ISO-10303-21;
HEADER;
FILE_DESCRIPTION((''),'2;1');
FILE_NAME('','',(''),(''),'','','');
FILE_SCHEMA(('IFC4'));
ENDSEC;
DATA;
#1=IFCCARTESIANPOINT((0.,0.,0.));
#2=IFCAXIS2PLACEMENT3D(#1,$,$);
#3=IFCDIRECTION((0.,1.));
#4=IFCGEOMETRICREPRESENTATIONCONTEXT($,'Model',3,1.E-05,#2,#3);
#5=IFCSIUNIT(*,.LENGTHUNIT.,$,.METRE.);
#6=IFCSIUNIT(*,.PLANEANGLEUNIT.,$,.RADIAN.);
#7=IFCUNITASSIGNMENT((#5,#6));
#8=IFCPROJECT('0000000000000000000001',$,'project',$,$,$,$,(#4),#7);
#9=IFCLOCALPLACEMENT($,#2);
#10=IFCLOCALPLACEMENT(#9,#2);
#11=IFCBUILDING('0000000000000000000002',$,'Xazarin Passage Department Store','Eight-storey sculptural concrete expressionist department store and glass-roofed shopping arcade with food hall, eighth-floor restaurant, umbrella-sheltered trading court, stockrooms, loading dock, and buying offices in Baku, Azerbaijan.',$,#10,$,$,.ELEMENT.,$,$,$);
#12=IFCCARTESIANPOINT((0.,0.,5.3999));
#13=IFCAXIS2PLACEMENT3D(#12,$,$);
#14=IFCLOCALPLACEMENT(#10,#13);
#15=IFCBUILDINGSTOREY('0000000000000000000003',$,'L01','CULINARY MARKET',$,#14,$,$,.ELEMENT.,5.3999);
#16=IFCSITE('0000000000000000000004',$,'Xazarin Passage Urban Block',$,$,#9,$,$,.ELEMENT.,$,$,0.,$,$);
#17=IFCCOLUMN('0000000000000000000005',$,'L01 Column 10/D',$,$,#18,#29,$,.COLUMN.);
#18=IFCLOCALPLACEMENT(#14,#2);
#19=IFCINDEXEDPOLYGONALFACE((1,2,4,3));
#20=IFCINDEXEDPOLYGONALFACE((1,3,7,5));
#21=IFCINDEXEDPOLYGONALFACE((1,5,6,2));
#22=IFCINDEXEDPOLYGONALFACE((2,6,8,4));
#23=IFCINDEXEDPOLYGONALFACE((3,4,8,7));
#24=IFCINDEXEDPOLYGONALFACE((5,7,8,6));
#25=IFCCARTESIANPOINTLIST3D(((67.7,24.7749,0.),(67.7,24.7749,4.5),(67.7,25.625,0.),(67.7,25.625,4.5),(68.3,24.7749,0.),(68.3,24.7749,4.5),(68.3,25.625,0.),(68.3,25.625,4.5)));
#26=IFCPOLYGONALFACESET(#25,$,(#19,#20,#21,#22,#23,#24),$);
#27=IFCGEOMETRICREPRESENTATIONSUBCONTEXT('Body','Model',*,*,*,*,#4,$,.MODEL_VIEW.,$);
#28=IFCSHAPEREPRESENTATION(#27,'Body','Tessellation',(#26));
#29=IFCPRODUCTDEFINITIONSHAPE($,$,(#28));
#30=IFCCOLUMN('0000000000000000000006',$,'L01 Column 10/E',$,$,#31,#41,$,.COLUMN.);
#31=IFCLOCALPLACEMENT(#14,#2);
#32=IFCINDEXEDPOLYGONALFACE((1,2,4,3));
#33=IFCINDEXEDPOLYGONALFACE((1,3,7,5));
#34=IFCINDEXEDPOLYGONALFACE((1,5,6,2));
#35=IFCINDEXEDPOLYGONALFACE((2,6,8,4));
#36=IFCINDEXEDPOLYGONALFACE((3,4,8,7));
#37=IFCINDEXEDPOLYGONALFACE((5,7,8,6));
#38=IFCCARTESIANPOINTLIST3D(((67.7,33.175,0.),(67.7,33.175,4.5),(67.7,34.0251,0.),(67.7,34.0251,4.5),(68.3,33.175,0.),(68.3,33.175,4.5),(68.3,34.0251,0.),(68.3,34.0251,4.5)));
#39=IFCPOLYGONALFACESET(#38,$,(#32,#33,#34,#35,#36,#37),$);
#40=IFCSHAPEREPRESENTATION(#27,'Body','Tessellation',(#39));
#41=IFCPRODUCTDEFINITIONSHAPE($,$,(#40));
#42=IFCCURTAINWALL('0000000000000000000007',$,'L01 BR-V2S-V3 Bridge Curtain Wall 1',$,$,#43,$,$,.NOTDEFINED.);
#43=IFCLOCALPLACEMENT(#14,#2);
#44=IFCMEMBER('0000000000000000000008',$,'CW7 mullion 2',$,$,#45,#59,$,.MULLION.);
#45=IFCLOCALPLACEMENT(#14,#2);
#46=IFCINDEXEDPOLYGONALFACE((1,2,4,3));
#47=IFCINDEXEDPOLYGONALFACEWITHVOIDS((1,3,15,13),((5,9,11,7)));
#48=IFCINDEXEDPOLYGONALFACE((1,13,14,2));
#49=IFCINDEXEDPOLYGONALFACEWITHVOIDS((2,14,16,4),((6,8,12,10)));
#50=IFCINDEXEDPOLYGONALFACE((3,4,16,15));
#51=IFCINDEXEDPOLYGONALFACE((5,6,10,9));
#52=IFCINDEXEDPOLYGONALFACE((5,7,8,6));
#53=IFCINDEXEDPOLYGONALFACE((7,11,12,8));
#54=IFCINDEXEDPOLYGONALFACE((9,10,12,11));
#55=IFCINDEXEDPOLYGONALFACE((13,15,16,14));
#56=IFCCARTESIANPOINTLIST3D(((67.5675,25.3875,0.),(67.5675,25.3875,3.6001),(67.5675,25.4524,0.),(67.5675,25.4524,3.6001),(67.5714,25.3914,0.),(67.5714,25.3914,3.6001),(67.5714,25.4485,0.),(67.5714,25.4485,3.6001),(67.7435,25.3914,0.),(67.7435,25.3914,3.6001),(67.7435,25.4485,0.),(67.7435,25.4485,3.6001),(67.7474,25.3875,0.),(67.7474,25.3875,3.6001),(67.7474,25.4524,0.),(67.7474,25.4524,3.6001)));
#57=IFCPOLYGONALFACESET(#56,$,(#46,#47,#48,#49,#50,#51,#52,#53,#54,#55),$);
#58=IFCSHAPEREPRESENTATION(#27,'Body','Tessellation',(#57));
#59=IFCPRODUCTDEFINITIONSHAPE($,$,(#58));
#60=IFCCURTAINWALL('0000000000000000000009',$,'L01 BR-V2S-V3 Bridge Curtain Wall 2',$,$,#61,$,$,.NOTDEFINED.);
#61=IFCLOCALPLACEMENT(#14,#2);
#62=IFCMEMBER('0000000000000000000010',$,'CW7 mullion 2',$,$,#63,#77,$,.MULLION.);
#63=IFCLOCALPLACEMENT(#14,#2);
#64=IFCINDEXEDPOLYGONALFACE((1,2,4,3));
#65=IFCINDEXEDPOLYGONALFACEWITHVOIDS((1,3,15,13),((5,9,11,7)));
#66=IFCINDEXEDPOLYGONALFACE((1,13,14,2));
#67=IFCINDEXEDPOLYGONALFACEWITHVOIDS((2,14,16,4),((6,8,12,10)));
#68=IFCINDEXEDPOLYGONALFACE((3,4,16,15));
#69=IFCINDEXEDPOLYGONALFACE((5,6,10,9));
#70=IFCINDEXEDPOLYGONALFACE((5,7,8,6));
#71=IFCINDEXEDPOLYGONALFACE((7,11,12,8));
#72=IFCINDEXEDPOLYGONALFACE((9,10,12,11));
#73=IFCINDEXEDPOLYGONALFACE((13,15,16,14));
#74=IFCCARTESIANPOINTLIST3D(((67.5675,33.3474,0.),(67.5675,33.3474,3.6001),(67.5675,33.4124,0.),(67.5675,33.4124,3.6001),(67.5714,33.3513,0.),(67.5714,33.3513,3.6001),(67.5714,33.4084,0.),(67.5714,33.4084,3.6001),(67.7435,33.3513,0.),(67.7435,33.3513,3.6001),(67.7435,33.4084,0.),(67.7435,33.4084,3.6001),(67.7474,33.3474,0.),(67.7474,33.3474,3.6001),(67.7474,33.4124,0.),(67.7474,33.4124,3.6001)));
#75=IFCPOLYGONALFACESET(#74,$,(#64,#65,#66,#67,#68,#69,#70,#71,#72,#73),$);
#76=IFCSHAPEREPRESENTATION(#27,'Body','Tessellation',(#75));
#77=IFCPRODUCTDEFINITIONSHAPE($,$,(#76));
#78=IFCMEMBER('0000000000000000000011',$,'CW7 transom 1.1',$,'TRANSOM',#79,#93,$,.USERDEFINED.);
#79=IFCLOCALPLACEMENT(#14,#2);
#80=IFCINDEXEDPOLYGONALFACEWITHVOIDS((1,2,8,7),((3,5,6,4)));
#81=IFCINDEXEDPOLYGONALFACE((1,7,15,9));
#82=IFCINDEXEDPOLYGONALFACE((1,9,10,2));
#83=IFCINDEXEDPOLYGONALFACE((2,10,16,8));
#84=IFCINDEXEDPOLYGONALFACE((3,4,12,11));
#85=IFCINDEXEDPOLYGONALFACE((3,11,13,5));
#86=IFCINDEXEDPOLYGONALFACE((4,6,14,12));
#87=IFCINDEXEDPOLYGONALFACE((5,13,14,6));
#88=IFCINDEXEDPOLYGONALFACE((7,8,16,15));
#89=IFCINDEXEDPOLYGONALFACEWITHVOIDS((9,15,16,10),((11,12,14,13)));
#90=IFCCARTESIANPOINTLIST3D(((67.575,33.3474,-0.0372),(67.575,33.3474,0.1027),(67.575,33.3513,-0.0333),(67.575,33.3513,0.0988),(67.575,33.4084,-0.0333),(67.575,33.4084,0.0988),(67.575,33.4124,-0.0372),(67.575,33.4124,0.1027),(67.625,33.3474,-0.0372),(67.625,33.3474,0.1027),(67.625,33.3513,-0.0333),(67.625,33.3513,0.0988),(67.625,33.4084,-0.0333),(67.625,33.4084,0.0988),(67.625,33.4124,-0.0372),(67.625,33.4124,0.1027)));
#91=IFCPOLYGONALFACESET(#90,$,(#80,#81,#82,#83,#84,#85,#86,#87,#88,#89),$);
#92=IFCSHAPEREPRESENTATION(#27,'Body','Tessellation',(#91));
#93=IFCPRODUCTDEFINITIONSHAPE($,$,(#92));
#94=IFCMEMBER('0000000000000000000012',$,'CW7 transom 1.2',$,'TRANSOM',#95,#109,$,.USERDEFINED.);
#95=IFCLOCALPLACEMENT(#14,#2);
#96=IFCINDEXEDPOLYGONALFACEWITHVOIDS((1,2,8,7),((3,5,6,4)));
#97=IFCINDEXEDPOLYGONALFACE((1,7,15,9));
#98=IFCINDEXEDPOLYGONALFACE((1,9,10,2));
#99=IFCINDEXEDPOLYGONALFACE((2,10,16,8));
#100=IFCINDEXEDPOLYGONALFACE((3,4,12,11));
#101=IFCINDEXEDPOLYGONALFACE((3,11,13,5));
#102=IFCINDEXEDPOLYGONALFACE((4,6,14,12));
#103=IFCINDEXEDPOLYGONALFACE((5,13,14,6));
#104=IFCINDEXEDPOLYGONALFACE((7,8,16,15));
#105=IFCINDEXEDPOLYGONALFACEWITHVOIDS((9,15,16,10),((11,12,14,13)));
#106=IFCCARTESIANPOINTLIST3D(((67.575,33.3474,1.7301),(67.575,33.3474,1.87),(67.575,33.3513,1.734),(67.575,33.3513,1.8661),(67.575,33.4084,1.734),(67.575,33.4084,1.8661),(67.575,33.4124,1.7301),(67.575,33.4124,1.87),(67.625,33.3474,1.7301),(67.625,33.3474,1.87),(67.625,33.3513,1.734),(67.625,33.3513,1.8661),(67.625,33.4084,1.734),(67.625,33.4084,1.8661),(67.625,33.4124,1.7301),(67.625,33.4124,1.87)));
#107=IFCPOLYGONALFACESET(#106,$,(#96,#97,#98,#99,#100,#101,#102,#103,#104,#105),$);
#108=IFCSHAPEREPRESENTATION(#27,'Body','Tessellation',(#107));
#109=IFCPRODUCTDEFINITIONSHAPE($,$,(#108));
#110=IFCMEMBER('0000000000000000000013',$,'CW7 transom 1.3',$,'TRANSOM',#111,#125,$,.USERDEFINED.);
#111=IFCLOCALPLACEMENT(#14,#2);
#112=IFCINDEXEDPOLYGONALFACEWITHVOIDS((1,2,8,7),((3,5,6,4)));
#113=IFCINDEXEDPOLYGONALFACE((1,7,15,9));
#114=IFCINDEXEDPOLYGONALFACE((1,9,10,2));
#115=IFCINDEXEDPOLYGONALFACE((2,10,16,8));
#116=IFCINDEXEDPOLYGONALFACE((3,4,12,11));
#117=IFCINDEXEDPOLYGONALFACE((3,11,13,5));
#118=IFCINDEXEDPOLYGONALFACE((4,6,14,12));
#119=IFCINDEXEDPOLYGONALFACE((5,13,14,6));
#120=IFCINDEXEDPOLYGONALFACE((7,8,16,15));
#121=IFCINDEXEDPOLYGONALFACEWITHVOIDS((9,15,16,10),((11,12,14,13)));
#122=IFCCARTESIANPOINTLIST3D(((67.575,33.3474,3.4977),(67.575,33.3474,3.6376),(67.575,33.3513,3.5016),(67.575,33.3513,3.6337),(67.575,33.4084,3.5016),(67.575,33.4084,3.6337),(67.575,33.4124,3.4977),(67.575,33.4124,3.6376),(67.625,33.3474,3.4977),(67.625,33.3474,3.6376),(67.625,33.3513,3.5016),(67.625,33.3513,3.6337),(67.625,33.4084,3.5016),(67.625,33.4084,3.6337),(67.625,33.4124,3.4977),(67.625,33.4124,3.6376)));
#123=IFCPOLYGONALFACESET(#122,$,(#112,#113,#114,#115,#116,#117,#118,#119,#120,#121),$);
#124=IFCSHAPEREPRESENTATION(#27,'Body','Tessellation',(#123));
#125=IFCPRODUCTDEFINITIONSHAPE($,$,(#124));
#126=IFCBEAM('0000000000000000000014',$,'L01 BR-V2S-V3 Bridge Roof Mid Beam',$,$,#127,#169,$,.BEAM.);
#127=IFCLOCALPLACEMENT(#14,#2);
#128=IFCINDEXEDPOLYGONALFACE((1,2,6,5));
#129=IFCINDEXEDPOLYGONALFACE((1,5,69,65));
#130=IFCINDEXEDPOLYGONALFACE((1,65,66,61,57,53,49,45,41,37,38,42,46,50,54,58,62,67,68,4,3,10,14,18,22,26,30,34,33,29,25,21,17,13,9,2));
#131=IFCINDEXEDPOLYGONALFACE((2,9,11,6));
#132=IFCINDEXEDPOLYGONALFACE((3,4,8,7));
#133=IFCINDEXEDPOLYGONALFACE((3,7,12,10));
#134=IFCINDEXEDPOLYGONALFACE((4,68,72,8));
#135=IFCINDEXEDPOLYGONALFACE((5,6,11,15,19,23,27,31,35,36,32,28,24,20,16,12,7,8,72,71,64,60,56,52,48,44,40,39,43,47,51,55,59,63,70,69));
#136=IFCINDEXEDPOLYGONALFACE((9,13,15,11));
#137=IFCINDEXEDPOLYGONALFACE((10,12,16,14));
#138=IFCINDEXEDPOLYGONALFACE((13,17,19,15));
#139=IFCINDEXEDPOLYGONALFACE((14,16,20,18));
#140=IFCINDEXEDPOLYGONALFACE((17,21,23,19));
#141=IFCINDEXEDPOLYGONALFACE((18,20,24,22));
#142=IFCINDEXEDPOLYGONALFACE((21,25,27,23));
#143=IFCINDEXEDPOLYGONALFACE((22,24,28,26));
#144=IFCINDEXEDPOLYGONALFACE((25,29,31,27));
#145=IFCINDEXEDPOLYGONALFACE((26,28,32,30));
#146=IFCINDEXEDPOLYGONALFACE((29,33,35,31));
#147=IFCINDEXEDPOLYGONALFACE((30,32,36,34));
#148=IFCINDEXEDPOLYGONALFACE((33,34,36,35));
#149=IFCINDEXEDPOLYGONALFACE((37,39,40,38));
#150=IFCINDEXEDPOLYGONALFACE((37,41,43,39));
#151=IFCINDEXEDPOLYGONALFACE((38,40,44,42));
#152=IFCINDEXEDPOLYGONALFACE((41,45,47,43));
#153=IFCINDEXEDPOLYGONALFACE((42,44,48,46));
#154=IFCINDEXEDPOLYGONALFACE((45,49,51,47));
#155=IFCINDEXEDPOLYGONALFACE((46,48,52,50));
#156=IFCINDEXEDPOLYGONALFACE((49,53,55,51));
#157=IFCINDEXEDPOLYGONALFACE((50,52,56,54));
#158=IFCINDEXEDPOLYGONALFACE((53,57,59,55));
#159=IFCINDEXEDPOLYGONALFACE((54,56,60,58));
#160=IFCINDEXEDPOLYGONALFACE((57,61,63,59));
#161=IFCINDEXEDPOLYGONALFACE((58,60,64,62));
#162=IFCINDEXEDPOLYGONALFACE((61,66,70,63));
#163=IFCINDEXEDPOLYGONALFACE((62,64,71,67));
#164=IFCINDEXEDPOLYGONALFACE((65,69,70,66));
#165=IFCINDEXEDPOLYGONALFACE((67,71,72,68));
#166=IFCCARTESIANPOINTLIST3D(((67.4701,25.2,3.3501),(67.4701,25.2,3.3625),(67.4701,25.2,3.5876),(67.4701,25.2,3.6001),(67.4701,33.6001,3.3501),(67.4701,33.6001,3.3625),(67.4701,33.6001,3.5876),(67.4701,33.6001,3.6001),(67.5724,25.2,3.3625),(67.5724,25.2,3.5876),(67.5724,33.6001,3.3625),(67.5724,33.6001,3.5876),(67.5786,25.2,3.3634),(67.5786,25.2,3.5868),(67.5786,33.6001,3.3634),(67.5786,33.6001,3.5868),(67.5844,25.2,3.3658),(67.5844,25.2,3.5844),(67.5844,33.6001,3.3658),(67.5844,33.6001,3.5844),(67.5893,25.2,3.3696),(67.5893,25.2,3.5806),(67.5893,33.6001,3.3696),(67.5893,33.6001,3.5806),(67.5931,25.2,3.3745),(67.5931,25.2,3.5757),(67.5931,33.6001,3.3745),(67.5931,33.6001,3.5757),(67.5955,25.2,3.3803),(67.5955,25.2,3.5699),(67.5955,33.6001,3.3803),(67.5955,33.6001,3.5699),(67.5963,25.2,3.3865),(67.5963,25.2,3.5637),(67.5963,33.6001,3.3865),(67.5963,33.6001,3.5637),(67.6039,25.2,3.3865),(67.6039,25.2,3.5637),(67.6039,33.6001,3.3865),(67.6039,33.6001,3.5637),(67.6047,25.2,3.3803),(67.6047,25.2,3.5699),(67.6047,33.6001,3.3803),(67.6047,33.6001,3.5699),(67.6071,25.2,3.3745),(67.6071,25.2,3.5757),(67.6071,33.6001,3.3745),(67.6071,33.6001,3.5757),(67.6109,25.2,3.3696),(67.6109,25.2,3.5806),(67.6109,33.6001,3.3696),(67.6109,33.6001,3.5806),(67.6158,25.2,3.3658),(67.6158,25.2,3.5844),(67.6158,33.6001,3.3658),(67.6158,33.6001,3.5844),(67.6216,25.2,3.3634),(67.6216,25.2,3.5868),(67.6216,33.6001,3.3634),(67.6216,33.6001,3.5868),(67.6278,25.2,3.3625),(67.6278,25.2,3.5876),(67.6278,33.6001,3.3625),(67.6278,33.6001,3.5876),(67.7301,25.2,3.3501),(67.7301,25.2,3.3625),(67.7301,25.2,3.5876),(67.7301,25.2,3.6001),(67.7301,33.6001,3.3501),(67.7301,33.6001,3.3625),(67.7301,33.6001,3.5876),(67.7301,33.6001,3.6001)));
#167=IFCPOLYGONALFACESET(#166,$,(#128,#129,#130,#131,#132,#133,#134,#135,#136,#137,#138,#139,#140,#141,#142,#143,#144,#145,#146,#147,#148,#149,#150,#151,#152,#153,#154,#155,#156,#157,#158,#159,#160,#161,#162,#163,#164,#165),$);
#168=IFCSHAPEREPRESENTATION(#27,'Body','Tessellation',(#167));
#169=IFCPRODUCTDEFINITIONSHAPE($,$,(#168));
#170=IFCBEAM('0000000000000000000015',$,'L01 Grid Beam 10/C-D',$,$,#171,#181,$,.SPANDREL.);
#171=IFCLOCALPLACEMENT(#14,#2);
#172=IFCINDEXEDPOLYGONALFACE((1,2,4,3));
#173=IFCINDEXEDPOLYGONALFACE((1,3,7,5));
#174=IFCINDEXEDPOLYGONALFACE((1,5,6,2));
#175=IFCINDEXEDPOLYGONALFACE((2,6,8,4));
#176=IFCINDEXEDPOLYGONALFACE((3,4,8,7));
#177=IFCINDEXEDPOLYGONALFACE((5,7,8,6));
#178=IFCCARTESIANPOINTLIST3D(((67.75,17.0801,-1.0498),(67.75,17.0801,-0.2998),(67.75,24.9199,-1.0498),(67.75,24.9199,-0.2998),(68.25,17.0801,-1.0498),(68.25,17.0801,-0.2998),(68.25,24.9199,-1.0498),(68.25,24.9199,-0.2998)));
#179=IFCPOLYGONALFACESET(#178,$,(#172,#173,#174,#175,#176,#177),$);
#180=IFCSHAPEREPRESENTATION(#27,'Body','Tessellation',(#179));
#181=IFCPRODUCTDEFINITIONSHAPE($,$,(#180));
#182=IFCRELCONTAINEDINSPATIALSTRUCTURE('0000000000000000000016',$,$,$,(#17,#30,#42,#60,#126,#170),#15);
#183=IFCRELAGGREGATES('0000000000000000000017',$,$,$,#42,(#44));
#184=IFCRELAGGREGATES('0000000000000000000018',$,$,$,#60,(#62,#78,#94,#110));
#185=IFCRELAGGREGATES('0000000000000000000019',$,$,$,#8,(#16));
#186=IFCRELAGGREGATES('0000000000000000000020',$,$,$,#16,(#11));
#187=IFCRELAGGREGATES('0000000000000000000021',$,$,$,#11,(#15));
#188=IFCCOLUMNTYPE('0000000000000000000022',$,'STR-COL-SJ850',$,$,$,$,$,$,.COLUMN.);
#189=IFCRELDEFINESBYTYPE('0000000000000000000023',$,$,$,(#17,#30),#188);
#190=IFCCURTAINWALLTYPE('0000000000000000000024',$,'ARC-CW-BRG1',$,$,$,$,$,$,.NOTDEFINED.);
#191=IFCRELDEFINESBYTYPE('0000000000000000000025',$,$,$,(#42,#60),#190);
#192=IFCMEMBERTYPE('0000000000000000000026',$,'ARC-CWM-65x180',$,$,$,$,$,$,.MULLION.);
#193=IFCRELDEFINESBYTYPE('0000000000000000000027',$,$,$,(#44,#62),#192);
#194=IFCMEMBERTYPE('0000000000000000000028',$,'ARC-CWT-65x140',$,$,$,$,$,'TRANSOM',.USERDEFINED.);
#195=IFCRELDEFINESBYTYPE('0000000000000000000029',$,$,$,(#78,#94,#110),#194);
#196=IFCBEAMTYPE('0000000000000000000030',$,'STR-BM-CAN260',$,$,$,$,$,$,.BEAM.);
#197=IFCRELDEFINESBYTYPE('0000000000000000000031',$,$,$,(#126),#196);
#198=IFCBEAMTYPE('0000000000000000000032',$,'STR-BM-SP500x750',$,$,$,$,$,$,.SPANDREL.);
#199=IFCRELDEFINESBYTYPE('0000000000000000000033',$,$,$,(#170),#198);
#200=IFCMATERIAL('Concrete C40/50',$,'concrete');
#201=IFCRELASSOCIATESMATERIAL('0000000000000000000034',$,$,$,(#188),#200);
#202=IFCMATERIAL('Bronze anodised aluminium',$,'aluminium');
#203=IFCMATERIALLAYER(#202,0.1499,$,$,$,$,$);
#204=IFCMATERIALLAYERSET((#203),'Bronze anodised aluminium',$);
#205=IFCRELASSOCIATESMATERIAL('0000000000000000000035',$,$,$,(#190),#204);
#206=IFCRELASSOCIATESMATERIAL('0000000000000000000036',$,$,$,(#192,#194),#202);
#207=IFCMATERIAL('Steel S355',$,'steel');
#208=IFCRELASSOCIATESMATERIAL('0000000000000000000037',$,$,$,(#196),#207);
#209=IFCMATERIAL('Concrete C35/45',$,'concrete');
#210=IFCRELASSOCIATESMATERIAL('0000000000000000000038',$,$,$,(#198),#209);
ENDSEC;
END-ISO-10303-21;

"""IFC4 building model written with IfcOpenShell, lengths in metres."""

from ifc_helpers import new_model, si_unit, direction, frame, origin, origin_2d, place, context, subcontext, project, spatial, rectangle, hollow_rectangle, i_section, extrude, material, layer, layer_set, material_profile, profile_set, type_object, element, aggregate, save


model = new_model("IFC4")

# Units and contexts
model_context = context("Model", 3, precision=1e-05, world=origin(), true_north=direction((0.0, 1.0)))
body_context = subcontext(model_context, "Body", "Model", "MODEL_VIEW")
ifc_project = project(units=[si_unit("LENGTHUNIT", "METRE"), si_unit("PLANEANGLEUNIT", "RADIAN")], contexts=[model_context])

# Site, building, storey
site_placement = place(None, origin())
site = spatial("IfcSite", under=ifc_project, at=site_placement, Name="Xazarin Passage Urban Block", CompositionType="ELEMENT", RefElevation=0.0)
building_placement = place(site_placement, origin())
building = spatial("IfcBuilding", under=site, at=building_placement, Name="Xazarin Passage Department Store", Description="Eight-storey sculptural concrete expressionist department store and glass-roofed shopping arcade with food hall, eighth-floor restaurant, umbrella-sheltered trading court, stockrooms, loading dock, and buying offices in Baku, Azerbaijan.", CompositionType="ELEMENT")
storey_placement = place(building_placement, frame((0.0, 0.0, 5.3999)))
storey = spatial("IfcBuildingStorey", under=building, at=storey_placement, Name="L01", Description="CULINARY MARKET", CompositionType="ELEMENT", Elevation=5.3999)

# Columns
ifc_material_1 = material(Name="Concrete C40/50", Category="concrete")
ifc_material_profile_1 = material_profile(ifc_material_1, rectangle(XDim=0.6001, YDim=0.8501, at=origin_2d()), Name="RC 600x850")
ifc_profile_set_1 = profile_set([ifc_material_profile_1], Name="Concrete C40/50")
column_type = type_object("IfcColumnType", Name="STR-COL-SJ850", PredefinedType="COLUMN", material=ifc_profile_set_1)
for number, where, z_axis, x_axis, name in (
    (1, (68.0, 25.2, 0.0), (0.0, 0.0, 1.0), (1.0, 0.0, 0.0), "L01 Column 10/D"),
    (2, (68.0, 33.6001, 0.0), (0.0, 0.0, 1.0), (1.0, 0.0, 0.0), "L01 Column 10/E"),
):
    element("IfcColumn", number, at=place(storey_placement, frame(where, z_axis=z_axis, x_axis=x_axis)), inside=storey, type_object=column_type, Name=name, PredefinedType="COLUMN", context=body_context, shape_type="SweptSolid", body=[
        extrude(rectangle(XDim=0.6001, YDim=0.8501, at=origin_2d()), origin(), (0.0, 0.0, 1.0), 4.5),
    ])

# Curtain wall, member
ifc_material_2 = material(Name="Bronze anodised aluminium", Category="aluminium")
ifc_layer_1 = layer(ifc_material_2, 0.1499)
ifc_layer_set_1 = layer_set([ifc_layer_1], Name="Bronze anodised aluminium")
curtain_wall_type = type_object("IfcCurtainWallType", Name="ARC-CW-BRG1", PredefinedType="NOTDEFINED", material=ifc_layer_set_1)
curtain_wall_1_placement = place(storey_placement, origin())
curtain_wall_1 = element("IfcCurtainWall", 3, at=curtain_wall_1_placement, inside=storey, type_object=curtain_wall_type, Name="L01 BR-V2S-V3 Bridge Curtain Wall 1", PredefinedType="NOTDEFINED")
ifc_material_profile_2 = material_profile(ifc_material_2, hollow_rectangle(XDim=0.0649, YDim=0.1799, WallThickness=0.0039, at=origin_2d()), Name="ALU 65x180")
ifc_profile_set_2 = profile_set([ifc_material_profile_2], Name="Bronze anodised aluminium")
member_type_1 = type_object("IfcMemberType", Name="ARC-CWM-65x180", PredefinedType="MULLION", material=ifc_profile_set_2)
member_1_placement = place(storey_placement, frame((67.6575, 25.4199, 0.0), z_axis=(0.0, 0.0, 1.0), x_axis=(0.0, 1.0, 0.0)))
member_1 = element("IfcMember", 4, at=member_1_placement, type_object=member_type_1, Name="CW7 mullion 2", PredefinedType="MULLION", context=body_context, shape_type="SweptSolid", body=[
    extrude(hollow_rectangle(XDim=0.0649, YDim=0.1799, WallThickness=0.0039, at=origin_2d()), origin(), (0.0, 0.0, 1.0), 3.6001),
])

# Curtain wall, members
curtain_wall_2_placement = place(storey_placement, origin())
curtain_wall_2 = element("IfcCurtainWall", 5, at=curtain_wall_2_placement, inside=storey, type_object=curtain_wall_type, Name="L01 BR-V2S-V3 Bridge Curtain Wall 2", PredefinedType="NOTDEFINED")
member_2_placement = place(storey_placement, frame((67.6575, 33.3799, 0.0), z_axis=(0.0, 0.0, 1.0), x_axis=(0.0, 1.0, 0.0)))
member_2 = element("IfcMember", 6, at=member_2_placement, type_object=member_type_1, Name="CW7 mullion 2", PredefinedType="MULLION", context=body_context, shape_type="SweptSolid", body=[
    extrude(hollow_rectangle(XDim=0.0649, YDim=0.1799, WallThickness=0.0039, at=origin_2d()), origin(), (0.0, 0.0, 1.0), 3.6001),
])
ifc_material_profile_3 = material_profile(ifc_material_2, hollow_rectangle(XDim=0.0649, YDim=0.1399, WallThickness=0.0039, at=origin_2d()), Name="ALU 65x140")
ifc_profile_set_3 = profile_set([ifc_material_profile_3], Name="Bronze anodised aluminium")
member_type_2 = type_object("IfcMemberType", Name="ARC-CWT-65x140", ElementType="TRANSOM", PredefinedType="USERDEFINED", material=ifc_profile_set_3)
member_3_placement = place(storey_placement, frame((67.575, 33.3799, 0.0327), z_axis=(1.0, 0.0, 0.0), x_axis=(0.0, 1.0, 0.0)))
member_3 = element("IfcMember", 7, at=member_3_placement, type_object=member_type_2, Name="CW7 transom 1.1", ObjectType="TRANSOM", PredefinedType="USERDEFINED", context=body_context, shape_type="SweptSolid", body=[
    extrude(hollow_rectangle(XDim=0.0649, YDim=0.1399, WallThickness=0.0039, at=origin_2d()), origin(), (0.0, 0.0, 1.0), 0.05),
])
member_4_placement = place(storey_placement, frame((67.575, 33.3799, 1.8), z_axis=(1.0, 0.0, 0.0), x_axis=(0.0, 1.0, 0.0)))
member_4 = element("IfcMember", 8, at=member_4_placement, type_object=member_type_2, Name="CW7 transom 1.2", ObjectType="TRANSOM", PredefinedType="USERDEFINED", context=body_context, shape_type="SweptSolid", body=[
    extrude(hollow_rectangle(XDim=0.0649, YDim=0.1399, WallThickness=0.0039, at=origin_2d()), origin(), (0.0, 0.0, 1.0), 0.05),
])
member_5_placement = place(storey_placement, frame((67.575, 33.3799, 3.5676), z_axis=(1.0, 0.0, 0.0), x_axis=(0.0, 1.0, 0.0)))
member_5 = element("IfcMember", 9, at=member_5_placement, type_object=member_type_2, Name="CW7 transom 1.3", ObjectType="TRANSOM", PredefinedType="USERDEFINED", context=body_context, shape_type="SweptSolid", body=[
    extrude(hollow_rectangle(XDim=0.0649, YDim=0.1399, WallThickness=0.0039, at=origin_2d()), origin(), (0.0, 0.0, 1.0), 0.05),
])

# Beams
ifc_material_3 = material(Name="Steel S355", Category="steel")
ifc_material_profile_4 = material_profile(ifc_material_3, i_section(OverallWidth=0.26, OverallDepth=0.25, WebThickness=0.0076, FlangeThickness=0.0125, FilletRadius=0.0239, at=origin_2d()), Name="HEA 260")
ifc_profile_set_4 = profile_set([ifc_material_profile_4], Name="Steel S355")
beam_type_1 = type_object("IfcBeamType", Name="STR-BM-CAN260", PredefinedType="BEAM", material=ifc_profile_set_4)
beam_1_placement = place(storey_placement, frame((67.6001, 25.2, 3.4751), z_axis=(0.0, 1.0, 0.0), x_axis=(-1.0, 0.0, 0.0)))
element("IfcBeam", 10, at=beam_1_placement, inside=storey, type_object=beam_type_1, Name="L01 BR-V2S-V3 Bridge Roof Mid Beam", PredefinedType="BEAM", context=body_context, shape_type="SweptSolid", body=[
    extrude(i_section(OverallWidth=0.26, OverallDepth=0.25, WebThickness=0.0076, FlangeThickness=0.0125, FilletRadius=0.0239, at=origin_2d()), origin(), (0.0, 0.0, 1.0), 8.4001),
])
ifc_material_4 = material(Name="Concrete C35/45", Category="concrete")
ifc_material_profile_5 = material_profile(ifc_material_4, rectangle(XDim=0.5, YDim=0.75, at=origin_2d()), Name="RC 500x750")
ifc_profile_set_5 = profile_set([ifc_material_profile_5], Name="Concrete C35/45")
beam_type_2 = type_object("IfcBeamType", Name="STR-BM-SP500x750", PredefinedType="SPANDREL", material=ifc_profile_set_5)
beam_2_placement = place(storey_placement, frame((68.0, 17.0801, -0.6748), z_axis=(0.0, 1.0, 0.0), x_axis=(-1.0, 0.0, 0.0)))
element("IfcBeam", 11, at=beam_2_placement, inside=storey, type_object=beam_type_2, Name="L01 Grid Beam 10/C-D", PredefinedType="SPANDREL", context=body_context, shape_type="SweptSolid", body=[
    extrude(rectangle(XDim=0.5, YDim=0.75, at=origin_2d()), origin(), (0.0, 0.0, 1.0), 7.8398),
])

aggregate(curtain_wall_1, [member_1])
aggregate(curtain_wall_2, [member_2, member_3, member_4, member_5])

save(model, "model.ifc")
